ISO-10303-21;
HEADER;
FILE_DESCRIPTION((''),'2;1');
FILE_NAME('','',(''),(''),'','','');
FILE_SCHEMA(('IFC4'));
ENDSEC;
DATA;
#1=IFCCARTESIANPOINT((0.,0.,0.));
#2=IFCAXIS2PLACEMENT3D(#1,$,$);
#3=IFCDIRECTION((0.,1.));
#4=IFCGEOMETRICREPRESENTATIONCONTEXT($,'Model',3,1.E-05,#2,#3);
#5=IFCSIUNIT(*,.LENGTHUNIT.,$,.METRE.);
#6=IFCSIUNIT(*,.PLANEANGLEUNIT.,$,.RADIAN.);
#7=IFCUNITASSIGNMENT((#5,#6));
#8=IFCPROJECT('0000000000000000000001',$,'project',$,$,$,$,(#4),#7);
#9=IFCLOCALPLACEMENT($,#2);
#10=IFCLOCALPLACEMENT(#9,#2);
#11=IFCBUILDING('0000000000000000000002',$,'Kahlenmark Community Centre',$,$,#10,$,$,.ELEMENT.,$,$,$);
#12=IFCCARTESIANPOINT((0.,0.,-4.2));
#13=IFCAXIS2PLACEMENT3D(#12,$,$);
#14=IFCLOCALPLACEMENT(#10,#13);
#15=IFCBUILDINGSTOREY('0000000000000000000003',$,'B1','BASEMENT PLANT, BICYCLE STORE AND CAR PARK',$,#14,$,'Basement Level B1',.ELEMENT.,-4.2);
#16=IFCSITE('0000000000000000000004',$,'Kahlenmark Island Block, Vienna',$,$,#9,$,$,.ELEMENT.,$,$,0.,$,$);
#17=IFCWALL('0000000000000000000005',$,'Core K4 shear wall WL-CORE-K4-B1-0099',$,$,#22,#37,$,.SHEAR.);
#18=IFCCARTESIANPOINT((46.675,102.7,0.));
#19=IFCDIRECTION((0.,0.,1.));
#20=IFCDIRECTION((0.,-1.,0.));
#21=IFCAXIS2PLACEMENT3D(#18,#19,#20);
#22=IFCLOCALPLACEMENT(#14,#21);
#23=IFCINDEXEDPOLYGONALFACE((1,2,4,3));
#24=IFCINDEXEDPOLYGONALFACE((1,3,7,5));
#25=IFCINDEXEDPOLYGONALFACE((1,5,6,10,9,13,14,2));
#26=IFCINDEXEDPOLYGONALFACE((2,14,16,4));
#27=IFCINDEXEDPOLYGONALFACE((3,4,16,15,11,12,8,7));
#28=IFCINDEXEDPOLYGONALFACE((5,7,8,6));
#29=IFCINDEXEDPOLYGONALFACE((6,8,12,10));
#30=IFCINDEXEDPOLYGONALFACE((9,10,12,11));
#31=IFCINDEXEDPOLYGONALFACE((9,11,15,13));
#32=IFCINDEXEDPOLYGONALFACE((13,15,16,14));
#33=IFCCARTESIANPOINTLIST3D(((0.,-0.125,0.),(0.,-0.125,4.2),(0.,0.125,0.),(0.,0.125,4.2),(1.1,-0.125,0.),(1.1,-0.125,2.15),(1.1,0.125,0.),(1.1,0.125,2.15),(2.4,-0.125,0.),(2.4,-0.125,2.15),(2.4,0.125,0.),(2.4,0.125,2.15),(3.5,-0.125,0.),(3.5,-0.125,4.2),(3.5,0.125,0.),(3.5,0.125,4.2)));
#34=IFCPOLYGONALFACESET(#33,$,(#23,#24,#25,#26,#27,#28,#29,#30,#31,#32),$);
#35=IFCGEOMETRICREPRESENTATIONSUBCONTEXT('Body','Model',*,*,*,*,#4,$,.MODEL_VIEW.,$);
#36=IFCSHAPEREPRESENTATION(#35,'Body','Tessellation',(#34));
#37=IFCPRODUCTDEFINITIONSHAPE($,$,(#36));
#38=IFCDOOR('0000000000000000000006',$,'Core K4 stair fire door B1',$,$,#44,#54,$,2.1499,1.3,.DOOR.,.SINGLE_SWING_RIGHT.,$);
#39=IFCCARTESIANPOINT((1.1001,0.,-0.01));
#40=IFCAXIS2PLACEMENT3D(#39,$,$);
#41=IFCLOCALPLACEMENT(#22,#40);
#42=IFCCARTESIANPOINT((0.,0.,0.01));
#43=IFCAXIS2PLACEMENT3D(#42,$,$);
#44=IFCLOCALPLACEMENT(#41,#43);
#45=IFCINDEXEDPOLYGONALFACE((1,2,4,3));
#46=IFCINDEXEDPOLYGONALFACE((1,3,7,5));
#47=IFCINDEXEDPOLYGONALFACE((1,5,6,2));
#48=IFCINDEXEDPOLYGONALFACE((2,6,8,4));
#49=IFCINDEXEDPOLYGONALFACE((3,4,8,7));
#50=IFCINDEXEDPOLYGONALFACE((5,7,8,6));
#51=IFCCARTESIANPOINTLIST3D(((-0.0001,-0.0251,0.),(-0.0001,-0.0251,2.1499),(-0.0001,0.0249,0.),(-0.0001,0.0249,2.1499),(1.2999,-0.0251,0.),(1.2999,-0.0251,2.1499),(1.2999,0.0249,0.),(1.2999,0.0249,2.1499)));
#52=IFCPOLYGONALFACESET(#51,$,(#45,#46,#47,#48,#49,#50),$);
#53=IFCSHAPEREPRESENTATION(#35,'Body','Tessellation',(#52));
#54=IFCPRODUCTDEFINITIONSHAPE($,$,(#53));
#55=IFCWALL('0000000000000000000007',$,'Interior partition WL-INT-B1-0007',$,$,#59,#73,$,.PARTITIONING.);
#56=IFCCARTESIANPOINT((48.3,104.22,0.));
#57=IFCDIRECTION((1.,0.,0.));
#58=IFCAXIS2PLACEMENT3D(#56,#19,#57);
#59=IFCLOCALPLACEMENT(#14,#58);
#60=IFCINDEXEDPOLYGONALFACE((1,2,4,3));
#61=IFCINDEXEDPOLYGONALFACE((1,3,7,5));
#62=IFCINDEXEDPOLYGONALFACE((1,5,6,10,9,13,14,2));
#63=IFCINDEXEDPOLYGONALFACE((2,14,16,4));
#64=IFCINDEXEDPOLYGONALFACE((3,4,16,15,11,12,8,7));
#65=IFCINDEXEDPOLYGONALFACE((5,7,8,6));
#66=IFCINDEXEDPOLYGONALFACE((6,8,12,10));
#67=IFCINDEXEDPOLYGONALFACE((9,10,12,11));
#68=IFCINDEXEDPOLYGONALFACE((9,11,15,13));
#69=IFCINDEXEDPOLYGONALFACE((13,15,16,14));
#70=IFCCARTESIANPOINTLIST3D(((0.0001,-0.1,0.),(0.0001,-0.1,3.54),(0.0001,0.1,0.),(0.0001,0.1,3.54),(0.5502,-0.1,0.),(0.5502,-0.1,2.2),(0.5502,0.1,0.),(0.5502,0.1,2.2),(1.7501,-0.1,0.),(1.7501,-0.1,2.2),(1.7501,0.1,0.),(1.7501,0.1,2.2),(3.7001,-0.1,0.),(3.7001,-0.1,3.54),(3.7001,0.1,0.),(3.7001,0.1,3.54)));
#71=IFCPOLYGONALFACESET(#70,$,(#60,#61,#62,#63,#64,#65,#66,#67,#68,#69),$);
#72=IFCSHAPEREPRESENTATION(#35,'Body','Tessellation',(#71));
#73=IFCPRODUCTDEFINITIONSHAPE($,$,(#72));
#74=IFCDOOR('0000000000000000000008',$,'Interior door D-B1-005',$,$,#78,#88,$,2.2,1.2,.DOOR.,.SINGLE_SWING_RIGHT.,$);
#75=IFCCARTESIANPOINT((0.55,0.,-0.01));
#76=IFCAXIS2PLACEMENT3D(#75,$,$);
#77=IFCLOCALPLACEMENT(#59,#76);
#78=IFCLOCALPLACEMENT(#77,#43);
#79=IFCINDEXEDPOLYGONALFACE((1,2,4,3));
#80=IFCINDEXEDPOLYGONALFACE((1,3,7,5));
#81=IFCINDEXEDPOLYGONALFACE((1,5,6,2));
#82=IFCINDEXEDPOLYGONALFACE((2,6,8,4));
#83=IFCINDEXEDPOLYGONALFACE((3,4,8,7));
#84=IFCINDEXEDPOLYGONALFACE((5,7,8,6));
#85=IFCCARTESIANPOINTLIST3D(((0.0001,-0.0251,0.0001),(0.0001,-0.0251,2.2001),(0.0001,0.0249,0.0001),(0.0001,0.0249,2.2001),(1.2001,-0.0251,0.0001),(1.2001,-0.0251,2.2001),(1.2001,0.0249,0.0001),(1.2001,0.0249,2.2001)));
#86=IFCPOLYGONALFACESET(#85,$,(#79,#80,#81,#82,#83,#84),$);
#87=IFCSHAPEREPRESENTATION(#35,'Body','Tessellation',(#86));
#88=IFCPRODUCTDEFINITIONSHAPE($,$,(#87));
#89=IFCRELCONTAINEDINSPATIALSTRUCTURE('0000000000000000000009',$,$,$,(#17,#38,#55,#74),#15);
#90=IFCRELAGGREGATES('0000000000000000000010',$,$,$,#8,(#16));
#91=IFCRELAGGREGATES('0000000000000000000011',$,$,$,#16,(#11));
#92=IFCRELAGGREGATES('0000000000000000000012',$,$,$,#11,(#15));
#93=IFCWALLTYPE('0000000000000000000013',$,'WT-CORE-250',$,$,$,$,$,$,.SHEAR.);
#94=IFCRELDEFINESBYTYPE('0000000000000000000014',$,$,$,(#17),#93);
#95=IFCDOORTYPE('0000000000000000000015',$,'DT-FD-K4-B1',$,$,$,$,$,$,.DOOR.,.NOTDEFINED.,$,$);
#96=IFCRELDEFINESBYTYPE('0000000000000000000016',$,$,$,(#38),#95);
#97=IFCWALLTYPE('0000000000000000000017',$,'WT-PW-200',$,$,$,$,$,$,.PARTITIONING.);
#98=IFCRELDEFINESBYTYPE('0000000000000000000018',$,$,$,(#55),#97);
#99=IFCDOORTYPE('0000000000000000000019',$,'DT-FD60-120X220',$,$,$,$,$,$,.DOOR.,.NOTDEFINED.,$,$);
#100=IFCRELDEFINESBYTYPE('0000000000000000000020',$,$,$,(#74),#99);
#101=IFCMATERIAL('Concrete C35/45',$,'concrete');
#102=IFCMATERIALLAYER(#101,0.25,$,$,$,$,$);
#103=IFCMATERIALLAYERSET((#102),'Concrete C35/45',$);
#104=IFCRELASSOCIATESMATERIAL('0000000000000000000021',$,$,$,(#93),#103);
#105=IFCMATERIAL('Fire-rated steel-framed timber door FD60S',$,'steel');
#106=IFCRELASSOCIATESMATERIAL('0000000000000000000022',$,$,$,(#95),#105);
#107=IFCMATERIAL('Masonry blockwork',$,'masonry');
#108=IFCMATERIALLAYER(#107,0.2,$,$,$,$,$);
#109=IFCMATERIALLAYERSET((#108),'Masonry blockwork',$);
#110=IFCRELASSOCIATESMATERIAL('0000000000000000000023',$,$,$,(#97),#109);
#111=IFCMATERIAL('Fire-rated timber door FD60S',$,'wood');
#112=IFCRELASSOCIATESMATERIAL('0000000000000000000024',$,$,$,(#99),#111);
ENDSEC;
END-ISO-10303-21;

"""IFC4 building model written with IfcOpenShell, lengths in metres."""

from ifc_helpers import new_model, si_unit, direction, frame, frame_2d, origin, place, context, subcontext, project, spatial, rectangle, extrude, material, layer, layer_set, type_object, element, fill, save


model = new_model("IFC4")

# Units and contexts
model_context = context("Model", 3, precision=1e-05, world=origin(), true_north=direction((0.0, 1.0)))
body_context = subcontext(model_context, "Body", "Model", "MODEL_VIEW")
ifc_project = project(units=[si_unit("LENGTHUNIT", "METRE"), si_unit("PLANEANGLEUNIT", "RADIAN")], contexts=[model_context])

# Site, building, storey
site_placement = place(None, origin())
site = spatial("IfcSite", under=ifc_project, at=site_placement, Name="Kahlenmark Island Block, Vienna", CompositionType="ELEMENT", RefElevation=0.0)
building_placement = place(site_placement, origin())
building = spatial("IfcBuilding", under=site, at=building_placement, Name="Kahlenmark Community Centre", CompositionType="ELEMENT")
storey_placement = place(building_placement, frame((0.0, 0.0, -4.2)))
storey = spatial("IfcBuildingStorey", under=building, at=storey_placement, Name="B1", Description="BASEMENT PLANT, BICYCLE STORE AND CAR PARK", LongName="Basement Level B1", CompositionType="ELEMENT", Elevation=-4.2)

# Shared definitions
ifc_material_1 = material(Name="Concrete C35/45", Category="concrete")

# Wall, opening, door
ifc_layer_1 = layer(ifc_material_1, 0.25)
ifc_layer_set_1 = layer_set([ifc_layer_1], Name="Concrete C35/45")
wall_type_1 = type_object("IfcWallType", Name="WT-CORE-250", PredefinedType="SHEAR", material=ifc_layer_set_1)
wall_1_placement = place(storey_placement, frame((46.675, 102.7, 0.0), z_axis=(0.0, 0.0, 1.0), x_axis=(0.0, -1.0, 0.0)))
wall_1 = element("IfcWall", 1, at=wall_1_placement, inside=storey, type_object=wall_type_1, Name="Core K4 shear wall WL-CORE-K4-B1-0099", PredefinedType="SHEAR", context=body_context, shape_type="SweptSolid", body=[
    extrude(rectangle(XDim=3.5, YDim=0.25, at=frame_2d((1.75, 0.0))), origin(), (0.0, 0.0, 1.0), 4.2),
])
opening_1_placement = place(wall_1_placement, frame((1.1001, 0.0, -0.01)))
opening_1 = element("IfcOpeningElement", 2, at=opening_1_placement, cuts=wall_1, PredefinedType="OPENING", context=body_context, shape_type="SweptSolid", body=[
    extrude(rectangle(XDim=1.3, YDim=2.1599, at=frame_2d((0.6499, 1.0801))), frame((0.0, 0.135, 0.0), z_axis=(0.0, -1.0, 0.0), x_axis=(1.0, 0.0, 0.0)), (0.0, 0.0, 1.0), 0.27),
])
ifc_material_2 = material(Name="Fire-rated steel-framed timber door FD60S", Category="steel")
door_type_1 = type_object("IfcDoorType", Name="DT-FD-K4-B1", OperationType="NOTDEFINED", PredefinedType="DOOR", material=ifc_material_2)
door_1_placement = place(opening_1_placement, frame((0.0, 0.0, 0.01)))
door_1 = element("IfcDoor", 3, at=door_1_placement, inside=storey, type_object=door_type_1, Name="Core K4 stair fire door B1", OperationType="SINGLE_SWING_RIGHT", OverallHeight=2.1499, OverallWidth=1.3, PredefinedType="DOOR", context=body_context, shape_type="SweptSolid", body=[
    extrude(rectangle(XDim=1.3, YDim=2.1499, at=frame_2d((0.6499, 1.075))), frame((0.0, 0.0249, 0.0), z_axis=(0.0, -1.0, 0.0), x_axis=(1.0, 0.0, 0.0)), (0.0, 0.0, 1.0), 0.05),
])
fill(opening_1, door_1)

# Wall, opening, door
ifc_material_3 = material(Name="Masonry blockwork", Category="masonry")
ifc_layer_2 = layer(ifc_material_3, 0.2)
ifc_layer_set_2 = layer_set([ifc_layer_2], Name="Masonry blockwork")
wall_type_2 = type_object("IfcWallType", Name="WT-PW-200", PredefinedType="PARTITIONING", material=ifc_layer_set_2)
ifc_material_4 = material(Name="Fire-rated timber door FD60S", Category="wood")
door_type_2 = type_object("IfcDoorType", Name="DT-FD60-120X220", OperationType="NOTDEFINED", PredefinedType="DOOR", material=ifc_material_4)
wall_2_placement = place(storey_placement, frame((48.3, 104.22, 0.0), z_axis=(0.0, 0.0, 1.0), x_axis=(1.0, 0.0, 0.0)))
wall_2 = element("IfcWall", 4, at=wall_2_placement, inside=storey, type_object=wall_type_2, Name="Interior partition WL-INT-B1-0007", PredefinedType="PARTITIONING", context=body_context, shape_type="SweptSolid", body=[
    extrude(rectangle(XDim=3.7, YDim=0.2, at=frame_2d((1.8501, 0.0))), origin(), (0.0, 0.0, 1.0), 3.54),
])
opening_2_placement = place(wall_2_placement, frame((0.55, 0.0, -0.01)))
opening_2 = element("IfcOpeningElement", 5, at=opening_2_placement, cuts=wall_2, PredefinedType="OPENING", context=body_context, shape_type="SweptSolid", body=[
    extrude(rectangle(XDim=1.2, YDim=2.21, at=frame_2d((0.6001, 1.105))), frame((0.0, 0.1099, 0.0), z_axis=(0.0, -1.0, 0.0), x_axis=(1.0, 0.0, 0.0)), (0.0, 0.0, 1.0), 0.22),
])
door_2_placement = place(opening_2_placement, frame((0.0, 0.0, 0.01)))
door_2 = element("IfcDoor", 6, at=door_2_placement, inside=storey, type_object=door_type_2, Name="Interior door D-B1-005", OperationType="SINGLE_SWING_RIGHT", OverallHeight=2.2, OverallWidth=1.2, PredefinedType="DOOR", context=body_context, shape_type="SweptSolid", body=[
    extrude(rectangle(XDim=1.2, YDim=2.2, at=frame_2d((0.6001, 1.1001))), frame((0.0, 0.0249, 0.0), z_axis=(0.0, -1.0, 0.0), x_axis=(1.0, 0.0, 0.0)), (0.0, 0.0, 1.0), 0.05),
])
fill(opening_2, door_2)

save(model, "model.ifc")
